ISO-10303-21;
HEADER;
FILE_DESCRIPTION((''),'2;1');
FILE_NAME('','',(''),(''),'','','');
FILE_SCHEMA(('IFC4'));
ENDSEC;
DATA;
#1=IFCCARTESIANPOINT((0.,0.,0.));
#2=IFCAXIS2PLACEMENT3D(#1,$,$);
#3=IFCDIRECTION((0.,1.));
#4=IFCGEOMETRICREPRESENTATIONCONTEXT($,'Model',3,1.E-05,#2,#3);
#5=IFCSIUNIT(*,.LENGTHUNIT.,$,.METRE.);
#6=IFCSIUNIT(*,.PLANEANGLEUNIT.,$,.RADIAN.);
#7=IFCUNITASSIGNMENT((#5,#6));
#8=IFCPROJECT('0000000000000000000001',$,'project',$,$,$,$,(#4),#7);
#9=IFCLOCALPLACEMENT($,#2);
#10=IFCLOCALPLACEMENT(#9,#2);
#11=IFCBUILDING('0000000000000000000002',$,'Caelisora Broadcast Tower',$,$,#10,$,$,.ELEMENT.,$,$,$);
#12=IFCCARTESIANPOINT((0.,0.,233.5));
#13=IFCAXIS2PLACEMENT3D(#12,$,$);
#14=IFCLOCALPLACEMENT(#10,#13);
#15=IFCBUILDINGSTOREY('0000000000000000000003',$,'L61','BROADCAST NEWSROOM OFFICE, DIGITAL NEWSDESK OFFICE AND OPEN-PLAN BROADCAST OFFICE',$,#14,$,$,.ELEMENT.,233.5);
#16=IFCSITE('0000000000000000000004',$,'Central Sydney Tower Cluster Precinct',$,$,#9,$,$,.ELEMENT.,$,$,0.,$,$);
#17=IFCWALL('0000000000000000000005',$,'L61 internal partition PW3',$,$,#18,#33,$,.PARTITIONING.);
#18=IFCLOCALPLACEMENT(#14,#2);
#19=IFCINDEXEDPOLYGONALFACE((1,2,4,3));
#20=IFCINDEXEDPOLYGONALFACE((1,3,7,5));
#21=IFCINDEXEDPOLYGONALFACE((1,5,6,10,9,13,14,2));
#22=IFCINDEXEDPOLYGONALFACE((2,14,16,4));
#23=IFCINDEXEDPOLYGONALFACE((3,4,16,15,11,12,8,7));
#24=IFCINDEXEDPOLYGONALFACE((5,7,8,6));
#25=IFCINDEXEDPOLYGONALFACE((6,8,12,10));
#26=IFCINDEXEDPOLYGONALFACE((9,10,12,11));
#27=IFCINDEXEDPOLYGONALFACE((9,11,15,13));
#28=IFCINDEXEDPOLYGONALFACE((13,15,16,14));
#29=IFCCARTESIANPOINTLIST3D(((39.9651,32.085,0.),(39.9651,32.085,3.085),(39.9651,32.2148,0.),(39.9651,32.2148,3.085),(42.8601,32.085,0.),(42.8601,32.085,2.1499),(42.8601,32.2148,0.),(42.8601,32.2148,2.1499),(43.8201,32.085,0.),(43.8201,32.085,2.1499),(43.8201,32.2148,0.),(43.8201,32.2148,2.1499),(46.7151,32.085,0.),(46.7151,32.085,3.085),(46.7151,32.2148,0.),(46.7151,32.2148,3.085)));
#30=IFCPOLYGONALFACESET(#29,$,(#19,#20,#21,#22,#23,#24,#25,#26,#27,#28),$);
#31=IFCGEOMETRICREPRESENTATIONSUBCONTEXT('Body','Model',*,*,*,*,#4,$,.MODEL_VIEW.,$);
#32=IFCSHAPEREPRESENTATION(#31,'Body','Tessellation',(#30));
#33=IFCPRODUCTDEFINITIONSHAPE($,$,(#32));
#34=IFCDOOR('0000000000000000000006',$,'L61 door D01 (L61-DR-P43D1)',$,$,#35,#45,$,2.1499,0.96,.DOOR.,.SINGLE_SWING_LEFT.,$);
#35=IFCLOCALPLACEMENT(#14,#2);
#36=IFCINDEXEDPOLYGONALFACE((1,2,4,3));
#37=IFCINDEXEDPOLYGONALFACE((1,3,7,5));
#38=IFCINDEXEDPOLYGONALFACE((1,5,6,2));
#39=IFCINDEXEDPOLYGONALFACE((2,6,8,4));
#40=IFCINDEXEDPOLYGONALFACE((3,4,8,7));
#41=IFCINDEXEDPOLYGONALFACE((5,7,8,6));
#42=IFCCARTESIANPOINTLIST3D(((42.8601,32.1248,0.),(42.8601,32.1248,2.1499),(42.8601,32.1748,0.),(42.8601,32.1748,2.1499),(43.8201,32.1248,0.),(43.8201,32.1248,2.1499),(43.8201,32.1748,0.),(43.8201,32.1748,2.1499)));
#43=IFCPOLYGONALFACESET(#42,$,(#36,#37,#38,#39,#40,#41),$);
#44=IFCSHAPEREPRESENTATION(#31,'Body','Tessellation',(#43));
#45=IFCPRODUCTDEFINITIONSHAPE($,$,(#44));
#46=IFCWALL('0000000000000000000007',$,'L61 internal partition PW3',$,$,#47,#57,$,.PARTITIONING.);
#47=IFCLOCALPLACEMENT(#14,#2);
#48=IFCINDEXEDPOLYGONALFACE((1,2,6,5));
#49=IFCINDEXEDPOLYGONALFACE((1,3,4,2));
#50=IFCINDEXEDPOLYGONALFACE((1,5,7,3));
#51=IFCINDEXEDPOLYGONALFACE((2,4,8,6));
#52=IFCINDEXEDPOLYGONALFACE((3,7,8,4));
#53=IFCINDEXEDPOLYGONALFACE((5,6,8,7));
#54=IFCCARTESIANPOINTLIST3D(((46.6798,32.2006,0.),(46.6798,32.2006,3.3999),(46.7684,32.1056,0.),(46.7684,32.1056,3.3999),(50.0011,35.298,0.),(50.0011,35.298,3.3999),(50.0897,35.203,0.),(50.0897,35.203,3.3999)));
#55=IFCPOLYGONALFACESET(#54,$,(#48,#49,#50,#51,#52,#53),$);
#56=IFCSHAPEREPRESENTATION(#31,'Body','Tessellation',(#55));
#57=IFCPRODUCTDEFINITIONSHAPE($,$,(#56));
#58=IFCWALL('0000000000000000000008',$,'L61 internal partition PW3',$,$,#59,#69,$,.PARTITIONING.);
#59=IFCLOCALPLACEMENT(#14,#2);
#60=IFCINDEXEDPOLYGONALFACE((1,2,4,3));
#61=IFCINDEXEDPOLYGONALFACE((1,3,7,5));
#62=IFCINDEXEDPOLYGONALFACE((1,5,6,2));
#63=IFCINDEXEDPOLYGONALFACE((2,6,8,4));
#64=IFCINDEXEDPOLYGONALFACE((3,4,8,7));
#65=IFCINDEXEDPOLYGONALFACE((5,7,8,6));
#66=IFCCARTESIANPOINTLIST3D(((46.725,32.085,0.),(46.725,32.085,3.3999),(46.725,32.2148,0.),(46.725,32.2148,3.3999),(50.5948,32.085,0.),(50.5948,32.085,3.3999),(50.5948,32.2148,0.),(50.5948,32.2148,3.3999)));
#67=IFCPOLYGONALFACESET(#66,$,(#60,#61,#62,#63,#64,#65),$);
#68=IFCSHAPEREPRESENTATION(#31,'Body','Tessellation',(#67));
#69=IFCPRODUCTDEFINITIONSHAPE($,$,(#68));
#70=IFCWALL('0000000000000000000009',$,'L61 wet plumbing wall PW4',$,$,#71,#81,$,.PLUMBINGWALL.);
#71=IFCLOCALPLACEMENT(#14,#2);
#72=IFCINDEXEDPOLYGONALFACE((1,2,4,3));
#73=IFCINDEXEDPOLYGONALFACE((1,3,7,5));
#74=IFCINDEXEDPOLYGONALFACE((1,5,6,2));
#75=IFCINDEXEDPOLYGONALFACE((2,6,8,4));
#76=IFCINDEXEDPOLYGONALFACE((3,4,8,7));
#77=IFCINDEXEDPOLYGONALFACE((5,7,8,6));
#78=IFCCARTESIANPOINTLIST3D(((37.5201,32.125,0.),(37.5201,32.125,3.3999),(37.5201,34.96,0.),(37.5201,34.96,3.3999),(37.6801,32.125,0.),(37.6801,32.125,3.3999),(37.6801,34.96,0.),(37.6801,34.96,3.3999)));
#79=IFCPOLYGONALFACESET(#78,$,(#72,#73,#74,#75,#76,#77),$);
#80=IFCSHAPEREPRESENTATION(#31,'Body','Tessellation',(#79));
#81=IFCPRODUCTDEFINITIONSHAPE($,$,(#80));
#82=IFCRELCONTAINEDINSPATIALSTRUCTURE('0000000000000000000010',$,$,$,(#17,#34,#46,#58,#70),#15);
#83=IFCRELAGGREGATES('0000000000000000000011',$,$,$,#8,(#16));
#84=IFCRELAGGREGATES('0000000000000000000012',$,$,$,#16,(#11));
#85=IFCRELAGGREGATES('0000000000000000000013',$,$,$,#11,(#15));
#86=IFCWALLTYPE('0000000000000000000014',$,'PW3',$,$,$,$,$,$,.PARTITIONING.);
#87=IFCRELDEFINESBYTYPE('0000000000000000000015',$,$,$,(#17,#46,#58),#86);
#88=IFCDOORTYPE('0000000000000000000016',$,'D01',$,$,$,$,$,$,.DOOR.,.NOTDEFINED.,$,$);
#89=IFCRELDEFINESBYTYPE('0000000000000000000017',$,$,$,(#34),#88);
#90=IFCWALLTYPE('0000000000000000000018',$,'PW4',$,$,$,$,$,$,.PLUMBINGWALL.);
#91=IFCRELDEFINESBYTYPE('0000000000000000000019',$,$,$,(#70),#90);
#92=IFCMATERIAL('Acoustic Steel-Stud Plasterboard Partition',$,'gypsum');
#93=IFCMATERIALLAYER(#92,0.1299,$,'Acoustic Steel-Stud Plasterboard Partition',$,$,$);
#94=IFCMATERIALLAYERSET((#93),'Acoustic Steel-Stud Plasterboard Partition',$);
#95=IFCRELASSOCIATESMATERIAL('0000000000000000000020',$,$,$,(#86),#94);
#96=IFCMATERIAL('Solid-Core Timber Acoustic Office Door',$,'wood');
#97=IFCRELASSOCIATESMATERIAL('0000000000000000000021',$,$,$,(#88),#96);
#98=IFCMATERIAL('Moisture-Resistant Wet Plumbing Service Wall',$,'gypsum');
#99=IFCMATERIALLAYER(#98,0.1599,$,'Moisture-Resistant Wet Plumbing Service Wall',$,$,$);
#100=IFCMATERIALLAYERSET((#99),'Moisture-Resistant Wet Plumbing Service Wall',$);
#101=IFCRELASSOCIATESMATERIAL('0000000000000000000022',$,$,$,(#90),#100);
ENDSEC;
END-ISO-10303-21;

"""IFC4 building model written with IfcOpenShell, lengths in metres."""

from ifc_helpers import new_model, si_unit, direction, frame, frame_2d, origin, place, context, subcontext, project, spatial, rectangle, extrude, material, layer, layer_set, type_object, element, fill, save


model = new_model("IFC4")

# Units and contexts
model_context = context("Model", 3, precision=1e-05, world=origin(), true_north=direction((0.0, 1.0)))
body_context = subcontext(model_context, "Body", "Model", "MODEL_VIEW")
ifc_project = project(units=[si_unit("LENGTHUNIT", "METRE"), si_unit("PLANEANGLEUNIT", "RADIAN")], contexts=[model_context])

# Site, building, storey
site_placement = place(None, origin())
site = spatial("IfcSite", under=ifc_project, at=site_placement, Name="Central Sydney Tower Cluster Precinct", CompositionType="ELEMENT", RefElevation=0.0)
building_placement = place(site_placement, origin())
building = spatial("IfcBuilding", under=site, at=building_placement, Name="Caelisora Broadcast Tower", CompositionType="ELEMENT")
storey_placement = place(building_placement, frame((0.0, 0.0, 233.5)))
storey = spatial("IfcBuildingStorey", under=building, at=storey_placement, Name="L61", Description="BROADCAST NEWSROOM OFFICE, DIGITAL NEWSDESK OFFICE AND OPEN-PLAN BROADCAST OFFICE", CompositionType="ELEMENT", Elevation=233.5)

# Shared definitions
ifc_material_1 = material(Name="Acoustic Steel-Stud Plasterboard Partition", Category="gypsum")
ifc_layer_1 = layer(ifc_material_1, 0.1299, Name="Acoustic Steel-Stud Plasterboard Partition")
ifc_layer_set_1 = layer_set([ifc_layer_1], Name="Acoustic Steel-Stud Plasterboard Partition")
wall_type_1 = type_object("IfcWallType", Name="PW3", PredefinedType="PARTITIONING", material=ifc_layer_set_1)

# Wall, opening, door
wall_1_placement = place(storey_placement, frame((39.9651, 32.1499, 0.0), z_axis=(0.0, 0.0, 1.0), x_axis=(1.0, 0.0, 0.0)))
wall_1 = element("IfcWall", 1, at=wall_1_placement, inside=storey, type_object=wall_type_1, Name="L61 internal partition PW3", PredefinedType="PARTITIONING", context=body_context, shape_type="SweptSolid", body=[
    extrude(rectangle(XDim=6.75, YDim=0.1299, at=frame_2d((3.375, 0.0))), origin(), (0.0, 0.0, 1.0), 3.085),
])
opening_1_placement = place(wall_1_placement, frame((2.895, 0.0, 0.0)))
opening_1 = element("IfcOpeningElement", 2, at=opening_1_placement, cuts=wall_1, PredefinedType="OPENING", context=body_context, shape_type="SweptSolid", body=[
    extrude(rectangle(XDim=0.96, YDim=2.1499, at=frame_2d((0.48, 1.075))), frame((0.0, 0.0769, 0.0), z_axis=(0.0, -1.0, 0.0), x_axis=(1.0, 0.0, 0.0)), (0.0, 0.0, 1.0), 0.1538),
])
ifc_material_2 = material(Name="Solid-Core Timber Acoustic Office Door", Category="wood")
door_type = type_object("IfcDoorType", Name="D01", OperationType="NOTDEFINED", PredefinedType="DOOR", material=ifc_material_2)
door_1_placement = place(opening_1_placement, origin())
door_1 = element("IfcDoor", 3, at=door_1_placement, inside=storey, type_object=door_type, Name="L61 door D01 (L61-DR-P43D1)", OperationType="SINGLE_SWING_LEFT", OverallHeight=2.1499, OverallWidth=0.96, PredefinedType="DOOR", context=body_context, shape_type="SweptSolid", body=[
    extrude(rectangle(XDim=0.96, YDim=2.1499, at=frame_2d((0.48, 1.075))), frame((0.0, 0.0249, 0.0), z_axis=(0.0, -1.0, 0.0), x_axis=(1.0, 0.0, 0.0)), (0.0, 0.0, 1.0), 0.05),
])
fill(opening_1, door_1)

# Walls
wall_2_placement = place(storey_placement, frame((46.7241, 32.1531, 0.0), z_axis=(0.0, 0.0, 1.0), x_axis=(0.731325, 0.682029, 0.0)))
element("IfcWall", 4, at=wall_2_placement, inside=storey, type_object=wall_type_1, Name="L61 internal partition PW3", PredefinedType="PARTITIONING", context=body_context, shape_type="SweptSolid", body=[
    extrude(rectangle(XDim=4.5415, YDim=0.1299, at=frame_2d((2.2708, 0.0))), origin(), (0.0, 0.0, 1.0), 3.3999),
])
wall_3_placement = place(storey_placement, frame((50.595, 32.1499, 0.0), z_axis=(0.0, 0.0, 1.0), x_axis=(-1.0, 0.0, 0.0)))
element("IfcWall", 5, at=wall_3_placement, inside=storey, type_object=wall_type_1, Name="L61 internal partition PW3", PredefinedType="PARTITIONING", context=body_context, shape_type="SweptSolid", body=[
    extrude(rectangle(XDim=3.8699, YDim=0.1299, at=frame_2d((1.9351, 0.0))), origin(), (0.0, 0.0, 1.0), 3.3999),
])

# Wall
ifc_material_3 = material(Name="Moisture-Resistant Wet Plumbing Service Wall", Category="gypsum")
ifc_layer_2 = layer(ifc_material_3, 0.1599, Name="Moisture-Resistant Wet Plumbing Service Wall")
ifc_layer_set_2 = layer_set([ifc_layer_2], Name="Moisture-Resistant Wet Plumbing Service Wall")
wall_type_2 = type_object("IfcWallType", Name="PW4", PredefinedType="PLUMBINGWALL", material=ifc_layer_set_2)
wall_4_placement = place(storey_placement, frame((37.6001, 32.125, 0.0), z_axis=(0.0, 0.0, 1.0), x_axis=(0.0, 1.0, 0.0)))
element("IfcWall", 6, at=wall_4_placement, inside=storey, type_object=wall_type_2, Name="L61 wet plumbing wall PW4", PredefinedType="PLUMBINGWALL", context=body_context, shape_type="SweptSolid", body=[
    extrude(rectangle(XDim=2.835, YDim=0.1599, at=frame_2d((1.4175, 0.0))), origin(), (0.0, 0.0, 1.0), 3.3999),
])

save(model, "model.ifc")
